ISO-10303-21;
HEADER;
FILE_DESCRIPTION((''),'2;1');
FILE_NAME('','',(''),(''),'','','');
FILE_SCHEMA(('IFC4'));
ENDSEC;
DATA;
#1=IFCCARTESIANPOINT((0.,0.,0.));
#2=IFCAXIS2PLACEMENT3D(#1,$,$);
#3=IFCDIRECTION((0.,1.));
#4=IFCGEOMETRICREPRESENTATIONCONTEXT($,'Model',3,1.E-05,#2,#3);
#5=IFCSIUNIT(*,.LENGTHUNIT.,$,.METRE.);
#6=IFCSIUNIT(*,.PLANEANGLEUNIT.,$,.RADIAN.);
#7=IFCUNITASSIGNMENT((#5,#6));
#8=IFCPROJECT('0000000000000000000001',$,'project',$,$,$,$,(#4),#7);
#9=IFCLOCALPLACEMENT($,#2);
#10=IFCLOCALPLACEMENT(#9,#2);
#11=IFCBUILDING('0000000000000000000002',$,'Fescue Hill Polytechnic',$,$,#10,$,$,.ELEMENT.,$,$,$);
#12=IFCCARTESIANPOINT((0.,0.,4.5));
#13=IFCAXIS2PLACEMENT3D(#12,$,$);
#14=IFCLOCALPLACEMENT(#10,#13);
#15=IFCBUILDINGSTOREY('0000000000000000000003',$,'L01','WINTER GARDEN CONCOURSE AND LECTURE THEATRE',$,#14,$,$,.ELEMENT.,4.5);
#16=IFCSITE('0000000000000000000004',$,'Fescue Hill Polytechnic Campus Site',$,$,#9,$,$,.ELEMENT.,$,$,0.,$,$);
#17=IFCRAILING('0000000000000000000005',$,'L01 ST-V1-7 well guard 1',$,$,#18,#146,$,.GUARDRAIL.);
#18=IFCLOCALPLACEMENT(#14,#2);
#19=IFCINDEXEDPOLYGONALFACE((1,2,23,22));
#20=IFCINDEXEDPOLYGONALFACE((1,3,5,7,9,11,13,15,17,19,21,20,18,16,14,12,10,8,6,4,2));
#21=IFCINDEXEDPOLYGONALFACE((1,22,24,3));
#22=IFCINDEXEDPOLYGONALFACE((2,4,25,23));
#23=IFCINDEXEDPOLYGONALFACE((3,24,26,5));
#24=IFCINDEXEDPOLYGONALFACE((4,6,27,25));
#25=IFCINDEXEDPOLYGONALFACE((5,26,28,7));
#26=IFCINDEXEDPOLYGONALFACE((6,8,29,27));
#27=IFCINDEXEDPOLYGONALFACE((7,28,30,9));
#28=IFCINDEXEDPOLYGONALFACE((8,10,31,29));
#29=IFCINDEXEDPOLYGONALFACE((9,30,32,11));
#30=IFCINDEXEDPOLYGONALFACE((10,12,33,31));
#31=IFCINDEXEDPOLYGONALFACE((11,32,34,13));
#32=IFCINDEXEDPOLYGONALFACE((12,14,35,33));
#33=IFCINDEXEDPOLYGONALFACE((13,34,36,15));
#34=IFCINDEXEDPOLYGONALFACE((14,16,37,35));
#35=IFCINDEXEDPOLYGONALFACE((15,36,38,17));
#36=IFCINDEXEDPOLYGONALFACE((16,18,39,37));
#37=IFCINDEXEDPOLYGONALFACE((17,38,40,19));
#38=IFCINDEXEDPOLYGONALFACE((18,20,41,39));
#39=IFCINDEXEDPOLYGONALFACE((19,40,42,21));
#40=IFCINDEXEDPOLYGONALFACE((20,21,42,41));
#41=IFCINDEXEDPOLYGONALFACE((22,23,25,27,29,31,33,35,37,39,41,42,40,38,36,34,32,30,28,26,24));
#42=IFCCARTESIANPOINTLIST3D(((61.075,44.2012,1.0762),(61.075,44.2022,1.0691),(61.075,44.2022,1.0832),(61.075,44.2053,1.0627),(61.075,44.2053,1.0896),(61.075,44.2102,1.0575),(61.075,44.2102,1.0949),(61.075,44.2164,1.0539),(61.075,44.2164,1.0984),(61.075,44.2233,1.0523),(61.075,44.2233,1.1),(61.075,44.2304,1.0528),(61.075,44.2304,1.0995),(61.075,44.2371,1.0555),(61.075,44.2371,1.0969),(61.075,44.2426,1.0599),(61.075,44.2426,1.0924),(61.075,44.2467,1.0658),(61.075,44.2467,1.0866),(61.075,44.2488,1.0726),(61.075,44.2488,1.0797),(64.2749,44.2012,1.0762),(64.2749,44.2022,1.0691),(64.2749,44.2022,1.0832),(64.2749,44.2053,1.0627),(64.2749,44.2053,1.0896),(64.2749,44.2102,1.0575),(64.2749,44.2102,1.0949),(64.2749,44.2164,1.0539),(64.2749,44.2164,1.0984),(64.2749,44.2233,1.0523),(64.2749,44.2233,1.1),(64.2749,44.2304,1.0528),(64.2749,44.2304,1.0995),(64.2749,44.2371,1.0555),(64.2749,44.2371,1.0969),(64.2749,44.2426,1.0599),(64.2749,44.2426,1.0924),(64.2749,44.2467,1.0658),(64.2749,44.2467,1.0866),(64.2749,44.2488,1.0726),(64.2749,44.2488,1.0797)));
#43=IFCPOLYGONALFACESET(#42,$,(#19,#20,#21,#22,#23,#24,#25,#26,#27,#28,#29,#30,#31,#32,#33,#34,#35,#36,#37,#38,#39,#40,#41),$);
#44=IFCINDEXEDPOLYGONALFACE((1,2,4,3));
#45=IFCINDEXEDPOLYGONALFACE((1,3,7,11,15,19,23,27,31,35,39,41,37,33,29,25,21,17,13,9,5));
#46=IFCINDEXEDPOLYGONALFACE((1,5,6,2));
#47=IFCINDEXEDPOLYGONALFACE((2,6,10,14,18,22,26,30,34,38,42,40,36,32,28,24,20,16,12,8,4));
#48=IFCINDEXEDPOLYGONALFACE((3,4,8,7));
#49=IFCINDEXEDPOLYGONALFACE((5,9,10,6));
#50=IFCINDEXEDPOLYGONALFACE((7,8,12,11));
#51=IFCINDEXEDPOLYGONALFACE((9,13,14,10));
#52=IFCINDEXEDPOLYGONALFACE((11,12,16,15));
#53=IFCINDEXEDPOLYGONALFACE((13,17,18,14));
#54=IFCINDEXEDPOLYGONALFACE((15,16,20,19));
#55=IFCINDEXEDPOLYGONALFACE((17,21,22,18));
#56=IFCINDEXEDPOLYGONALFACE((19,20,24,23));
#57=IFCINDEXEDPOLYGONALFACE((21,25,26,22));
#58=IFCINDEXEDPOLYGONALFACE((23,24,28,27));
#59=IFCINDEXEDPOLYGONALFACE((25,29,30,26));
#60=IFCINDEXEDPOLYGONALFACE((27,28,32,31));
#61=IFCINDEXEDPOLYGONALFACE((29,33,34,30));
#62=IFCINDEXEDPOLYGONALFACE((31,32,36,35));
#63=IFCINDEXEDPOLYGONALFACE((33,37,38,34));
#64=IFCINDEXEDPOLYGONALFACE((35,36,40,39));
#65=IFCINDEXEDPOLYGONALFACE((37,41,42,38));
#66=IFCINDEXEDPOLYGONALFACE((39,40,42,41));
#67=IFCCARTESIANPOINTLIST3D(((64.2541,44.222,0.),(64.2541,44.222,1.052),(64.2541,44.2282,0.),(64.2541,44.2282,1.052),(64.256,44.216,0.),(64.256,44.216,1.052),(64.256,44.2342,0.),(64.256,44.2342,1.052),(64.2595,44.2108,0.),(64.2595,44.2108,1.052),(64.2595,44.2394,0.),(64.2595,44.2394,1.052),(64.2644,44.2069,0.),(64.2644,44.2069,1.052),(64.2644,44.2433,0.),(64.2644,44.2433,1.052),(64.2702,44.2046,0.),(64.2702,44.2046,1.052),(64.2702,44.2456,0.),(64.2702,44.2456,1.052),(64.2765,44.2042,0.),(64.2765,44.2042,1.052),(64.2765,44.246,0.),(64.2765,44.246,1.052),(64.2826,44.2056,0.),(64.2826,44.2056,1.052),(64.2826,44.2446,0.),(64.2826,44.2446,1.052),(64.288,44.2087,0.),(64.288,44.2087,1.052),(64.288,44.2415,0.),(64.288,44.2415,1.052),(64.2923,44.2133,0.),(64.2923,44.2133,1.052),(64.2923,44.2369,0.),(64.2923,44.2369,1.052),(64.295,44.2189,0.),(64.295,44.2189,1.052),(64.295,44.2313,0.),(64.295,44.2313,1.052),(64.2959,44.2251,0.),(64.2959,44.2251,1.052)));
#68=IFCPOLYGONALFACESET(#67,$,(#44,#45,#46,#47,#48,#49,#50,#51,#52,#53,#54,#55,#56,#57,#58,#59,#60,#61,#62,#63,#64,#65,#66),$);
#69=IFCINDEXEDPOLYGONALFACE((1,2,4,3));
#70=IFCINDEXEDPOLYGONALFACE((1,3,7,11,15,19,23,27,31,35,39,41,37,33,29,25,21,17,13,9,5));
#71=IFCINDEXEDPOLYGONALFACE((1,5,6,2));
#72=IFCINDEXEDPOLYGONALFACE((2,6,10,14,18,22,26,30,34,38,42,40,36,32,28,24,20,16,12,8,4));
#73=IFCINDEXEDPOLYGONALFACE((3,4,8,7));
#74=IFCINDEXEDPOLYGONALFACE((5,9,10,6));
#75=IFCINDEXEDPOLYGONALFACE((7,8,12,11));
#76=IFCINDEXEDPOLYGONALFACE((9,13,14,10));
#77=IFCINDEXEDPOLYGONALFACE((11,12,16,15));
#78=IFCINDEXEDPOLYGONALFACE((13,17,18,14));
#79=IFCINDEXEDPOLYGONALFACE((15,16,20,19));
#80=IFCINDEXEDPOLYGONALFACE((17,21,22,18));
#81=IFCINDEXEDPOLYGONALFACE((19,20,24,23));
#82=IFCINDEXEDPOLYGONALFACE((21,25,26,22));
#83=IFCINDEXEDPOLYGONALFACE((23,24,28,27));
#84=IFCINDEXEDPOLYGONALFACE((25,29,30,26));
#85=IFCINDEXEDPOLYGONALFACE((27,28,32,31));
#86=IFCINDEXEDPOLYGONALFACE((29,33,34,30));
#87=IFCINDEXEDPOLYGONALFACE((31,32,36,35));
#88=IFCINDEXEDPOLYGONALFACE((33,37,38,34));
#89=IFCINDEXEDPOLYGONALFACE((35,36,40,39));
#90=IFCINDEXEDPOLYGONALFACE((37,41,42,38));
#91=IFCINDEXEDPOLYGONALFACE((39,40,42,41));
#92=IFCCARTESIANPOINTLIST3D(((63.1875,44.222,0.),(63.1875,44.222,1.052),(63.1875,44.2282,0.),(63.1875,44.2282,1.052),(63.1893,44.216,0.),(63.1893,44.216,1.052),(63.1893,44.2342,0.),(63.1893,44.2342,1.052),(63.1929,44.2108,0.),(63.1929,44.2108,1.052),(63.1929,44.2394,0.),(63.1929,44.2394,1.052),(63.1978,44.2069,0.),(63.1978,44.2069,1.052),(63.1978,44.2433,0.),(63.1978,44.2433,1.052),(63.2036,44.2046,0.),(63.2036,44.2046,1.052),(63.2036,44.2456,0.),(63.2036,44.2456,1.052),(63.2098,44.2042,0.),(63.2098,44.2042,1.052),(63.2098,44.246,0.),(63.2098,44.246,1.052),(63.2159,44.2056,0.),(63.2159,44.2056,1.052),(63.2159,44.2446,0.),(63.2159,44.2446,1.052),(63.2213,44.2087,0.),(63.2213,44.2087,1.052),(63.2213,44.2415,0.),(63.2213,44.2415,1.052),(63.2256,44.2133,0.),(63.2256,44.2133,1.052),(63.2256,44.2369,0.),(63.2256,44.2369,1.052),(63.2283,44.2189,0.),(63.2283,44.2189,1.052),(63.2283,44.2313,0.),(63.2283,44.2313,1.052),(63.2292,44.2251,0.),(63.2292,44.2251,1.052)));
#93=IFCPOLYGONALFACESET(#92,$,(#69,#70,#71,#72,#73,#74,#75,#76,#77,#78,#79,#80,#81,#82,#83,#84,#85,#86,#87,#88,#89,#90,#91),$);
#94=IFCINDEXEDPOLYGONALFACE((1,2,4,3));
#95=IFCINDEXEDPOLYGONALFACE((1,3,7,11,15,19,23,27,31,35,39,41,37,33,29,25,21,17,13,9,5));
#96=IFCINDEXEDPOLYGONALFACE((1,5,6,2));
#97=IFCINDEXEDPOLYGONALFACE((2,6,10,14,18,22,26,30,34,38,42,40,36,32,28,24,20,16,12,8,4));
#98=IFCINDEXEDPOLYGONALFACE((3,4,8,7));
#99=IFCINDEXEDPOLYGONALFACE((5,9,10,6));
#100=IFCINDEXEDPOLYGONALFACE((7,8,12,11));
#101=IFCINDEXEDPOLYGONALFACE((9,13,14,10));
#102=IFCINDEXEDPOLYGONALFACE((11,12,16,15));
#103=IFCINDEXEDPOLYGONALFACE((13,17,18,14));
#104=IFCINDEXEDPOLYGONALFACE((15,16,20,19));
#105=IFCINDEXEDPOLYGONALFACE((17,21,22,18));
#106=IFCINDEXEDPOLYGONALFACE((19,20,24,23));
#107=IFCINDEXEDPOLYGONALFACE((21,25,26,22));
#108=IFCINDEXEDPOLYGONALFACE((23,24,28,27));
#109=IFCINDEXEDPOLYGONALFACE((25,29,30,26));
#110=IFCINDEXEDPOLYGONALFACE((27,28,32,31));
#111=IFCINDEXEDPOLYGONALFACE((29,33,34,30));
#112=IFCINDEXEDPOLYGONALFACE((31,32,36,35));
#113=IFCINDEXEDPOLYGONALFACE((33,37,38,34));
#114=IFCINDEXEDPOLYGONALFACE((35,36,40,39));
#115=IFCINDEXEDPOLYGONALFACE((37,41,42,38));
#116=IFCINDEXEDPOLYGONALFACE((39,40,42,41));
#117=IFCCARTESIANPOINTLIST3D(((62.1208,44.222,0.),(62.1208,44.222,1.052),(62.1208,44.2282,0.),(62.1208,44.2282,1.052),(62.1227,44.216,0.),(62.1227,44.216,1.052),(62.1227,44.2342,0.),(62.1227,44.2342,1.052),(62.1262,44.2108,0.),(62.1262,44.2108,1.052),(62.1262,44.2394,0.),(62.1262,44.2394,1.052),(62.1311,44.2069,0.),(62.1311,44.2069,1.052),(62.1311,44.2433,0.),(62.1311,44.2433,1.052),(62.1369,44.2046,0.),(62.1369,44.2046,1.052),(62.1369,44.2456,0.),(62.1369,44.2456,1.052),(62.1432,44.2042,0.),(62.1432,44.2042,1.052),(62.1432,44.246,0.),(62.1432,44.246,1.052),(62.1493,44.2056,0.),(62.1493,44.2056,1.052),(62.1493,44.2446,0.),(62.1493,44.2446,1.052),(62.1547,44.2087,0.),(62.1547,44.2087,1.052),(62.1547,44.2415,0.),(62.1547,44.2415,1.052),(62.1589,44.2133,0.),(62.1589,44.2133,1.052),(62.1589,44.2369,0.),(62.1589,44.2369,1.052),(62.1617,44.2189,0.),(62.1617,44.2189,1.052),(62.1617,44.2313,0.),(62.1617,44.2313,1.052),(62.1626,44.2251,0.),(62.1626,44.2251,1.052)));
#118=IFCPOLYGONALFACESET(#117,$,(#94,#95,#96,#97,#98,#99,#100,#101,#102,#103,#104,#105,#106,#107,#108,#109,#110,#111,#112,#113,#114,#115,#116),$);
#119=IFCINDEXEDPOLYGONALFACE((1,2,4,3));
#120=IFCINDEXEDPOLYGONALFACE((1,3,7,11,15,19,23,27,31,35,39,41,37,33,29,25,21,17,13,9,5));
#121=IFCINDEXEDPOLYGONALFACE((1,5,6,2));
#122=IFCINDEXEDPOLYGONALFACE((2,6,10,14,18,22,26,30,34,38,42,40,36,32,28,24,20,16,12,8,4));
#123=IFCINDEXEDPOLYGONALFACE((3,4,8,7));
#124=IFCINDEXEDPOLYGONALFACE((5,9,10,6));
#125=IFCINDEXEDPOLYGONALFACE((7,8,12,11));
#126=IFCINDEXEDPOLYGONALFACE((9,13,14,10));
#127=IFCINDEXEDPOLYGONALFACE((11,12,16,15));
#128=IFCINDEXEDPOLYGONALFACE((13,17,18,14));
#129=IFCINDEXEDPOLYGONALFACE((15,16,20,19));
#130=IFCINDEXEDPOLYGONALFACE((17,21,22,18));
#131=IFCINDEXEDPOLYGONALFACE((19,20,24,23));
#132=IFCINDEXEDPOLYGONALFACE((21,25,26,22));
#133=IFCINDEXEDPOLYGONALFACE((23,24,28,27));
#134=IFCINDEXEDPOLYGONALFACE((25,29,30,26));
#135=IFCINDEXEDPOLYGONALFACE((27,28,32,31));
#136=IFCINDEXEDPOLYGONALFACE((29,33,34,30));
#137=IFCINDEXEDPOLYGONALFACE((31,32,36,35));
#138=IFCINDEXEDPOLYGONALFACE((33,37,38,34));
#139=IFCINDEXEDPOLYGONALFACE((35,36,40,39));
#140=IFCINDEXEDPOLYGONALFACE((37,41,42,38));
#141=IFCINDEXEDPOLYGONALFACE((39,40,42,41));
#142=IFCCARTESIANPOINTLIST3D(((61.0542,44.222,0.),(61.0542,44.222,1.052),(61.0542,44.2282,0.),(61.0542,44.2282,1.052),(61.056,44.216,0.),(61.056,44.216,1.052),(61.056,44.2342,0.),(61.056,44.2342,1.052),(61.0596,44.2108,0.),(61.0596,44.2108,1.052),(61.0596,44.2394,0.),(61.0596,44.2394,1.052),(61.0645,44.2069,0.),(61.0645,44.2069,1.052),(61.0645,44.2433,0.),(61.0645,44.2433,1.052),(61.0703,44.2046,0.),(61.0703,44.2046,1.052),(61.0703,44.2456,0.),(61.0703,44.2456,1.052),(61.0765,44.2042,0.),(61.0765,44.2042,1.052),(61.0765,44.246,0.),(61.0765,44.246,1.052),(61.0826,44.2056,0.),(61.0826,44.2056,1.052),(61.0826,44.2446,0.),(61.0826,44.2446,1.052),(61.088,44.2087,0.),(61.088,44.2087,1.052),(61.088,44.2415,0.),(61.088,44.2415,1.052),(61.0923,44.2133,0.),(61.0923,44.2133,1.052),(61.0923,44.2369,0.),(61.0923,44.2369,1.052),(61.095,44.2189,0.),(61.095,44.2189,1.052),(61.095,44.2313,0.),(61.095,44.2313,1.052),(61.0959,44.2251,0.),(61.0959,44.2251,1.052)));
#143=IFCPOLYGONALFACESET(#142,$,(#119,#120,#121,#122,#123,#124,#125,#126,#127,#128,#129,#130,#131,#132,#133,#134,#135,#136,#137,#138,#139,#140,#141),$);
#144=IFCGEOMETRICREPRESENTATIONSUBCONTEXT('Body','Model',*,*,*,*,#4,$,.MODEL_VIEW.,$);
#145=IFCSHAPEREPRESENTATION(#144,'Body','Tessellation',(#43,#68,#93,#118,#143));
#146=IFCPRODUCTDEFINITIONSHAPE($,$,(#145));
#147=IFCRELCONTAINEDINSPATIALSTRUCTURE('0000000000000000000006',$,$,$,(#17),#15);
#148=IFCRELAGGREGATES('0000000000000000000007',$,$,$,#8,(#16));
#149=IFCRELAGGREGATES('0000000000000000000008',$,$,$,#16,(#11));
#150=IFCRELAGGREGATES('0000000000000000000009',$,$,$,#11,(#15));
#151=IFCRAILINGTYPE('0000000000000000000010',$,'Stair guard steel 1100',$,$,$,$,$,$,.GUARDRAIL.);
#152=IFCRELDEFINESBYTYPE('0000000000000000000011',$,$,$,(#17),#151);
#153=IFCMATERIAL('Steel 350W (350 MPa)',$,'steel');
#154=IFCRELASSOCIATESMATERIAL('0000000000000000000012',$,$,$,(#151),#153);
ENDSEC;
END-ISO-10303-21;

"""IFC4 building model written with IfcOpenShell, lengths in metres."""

from ifc_helpers import new_model, si_unit, direction, frame, origin, origin_2d, place, context, subcontext, project, spatial, circle, extrude, material, type_object, element, save


model = new_model("IFC4")

# Units and contexts
model_context = context("Model", 3, precision=1e-05, world=origin(), true_north=direction((0.0, 1.0)))
body_context = subcontext(model_context, "Body", "Model", "MODEL_VIEW")
ifc_project = project(units=[si_unit("LENGTHUNIT", "METRE"), si_unit("PLANEANGLEUNIT", "RADIAN")], contexts=[model_context])

# Site, building, storey
site_placement = place(None, origin())
site = spatial("IfcSite", under=ifc_project, at=site_placement, Name="Fescue Hill Polytechnic Campus Site", CompositionType="ELEMENT", RefElevation=0.0)
building_placement = place(site_placement, origin())
building = spatial("IfcBuilding", under=site, at=building_placement, Name="Fescue Hill Polytechnic", CompositionType="ELEMENT")
storey_placement = place(building_placement, frame((0.0, 0.0, 4.5)))
storey = spatial("IfcBuildingStorey", under=building, at=storey_placement, Name="L01", Description="WINTER GARDEN CONCOURSE AND LECTURE THEATRE", CompositionType="ELEMENT", Elevation=4.5)

# Shared definitions
ifc_material_1 = material(Name="Steel 350W (350 MPa)", Category="steel")

# Railing
railing_type_1 = type_object("IfcRailingType", Name="Stair guard steel 1100", PredefinedType="GUARDRAIL", material=ifc_material_1)
railing_1_placement = place(storey_placement, frame((64.2749, 44.2251, 0.0)))
element("IfcRailing", 1, at=railing_1_placement, inside=storey, type_object=railing_type_1, Name="L01 ST-V1-7 well guard 1", PredefinedType="GUARDRAIL", context=body_context, shape_type="SweptSolid", body=[
    extrude(circle(Radius=0.0239, at=origin_2d()), frame((0.0, 0.0, 1.0762), z_axis=(-1.0, 0.0, 0.0), x_axis=(0.0, -1.0, 0.0)), (0.0, 0.0, 1.0), 3.2),
    extrude(circle(Radius=0.021, at=origin_2d()), origin(), (0.0, 0.0, 1.0), 1.052),
    extrude(circle(Radius=0.021, at=origin_2d()), frame((-1.0667, 0.0, 0.0)), (0.0, 0.0, 1.0), 1.052),
    extrude(circle(Radius=0.021, at=origin_2d()), frame((-2.1333, 0.0, 0.0)), (0.0, 0.0, 1.0), 1.052),
    extrude(circle(Radius=0.021, at=origin_2d()), frame((-3.2, 0.0, 0.0)), (0.0, 0.0, 1.0), 1.052),
])

save(model, "model.ifc")
